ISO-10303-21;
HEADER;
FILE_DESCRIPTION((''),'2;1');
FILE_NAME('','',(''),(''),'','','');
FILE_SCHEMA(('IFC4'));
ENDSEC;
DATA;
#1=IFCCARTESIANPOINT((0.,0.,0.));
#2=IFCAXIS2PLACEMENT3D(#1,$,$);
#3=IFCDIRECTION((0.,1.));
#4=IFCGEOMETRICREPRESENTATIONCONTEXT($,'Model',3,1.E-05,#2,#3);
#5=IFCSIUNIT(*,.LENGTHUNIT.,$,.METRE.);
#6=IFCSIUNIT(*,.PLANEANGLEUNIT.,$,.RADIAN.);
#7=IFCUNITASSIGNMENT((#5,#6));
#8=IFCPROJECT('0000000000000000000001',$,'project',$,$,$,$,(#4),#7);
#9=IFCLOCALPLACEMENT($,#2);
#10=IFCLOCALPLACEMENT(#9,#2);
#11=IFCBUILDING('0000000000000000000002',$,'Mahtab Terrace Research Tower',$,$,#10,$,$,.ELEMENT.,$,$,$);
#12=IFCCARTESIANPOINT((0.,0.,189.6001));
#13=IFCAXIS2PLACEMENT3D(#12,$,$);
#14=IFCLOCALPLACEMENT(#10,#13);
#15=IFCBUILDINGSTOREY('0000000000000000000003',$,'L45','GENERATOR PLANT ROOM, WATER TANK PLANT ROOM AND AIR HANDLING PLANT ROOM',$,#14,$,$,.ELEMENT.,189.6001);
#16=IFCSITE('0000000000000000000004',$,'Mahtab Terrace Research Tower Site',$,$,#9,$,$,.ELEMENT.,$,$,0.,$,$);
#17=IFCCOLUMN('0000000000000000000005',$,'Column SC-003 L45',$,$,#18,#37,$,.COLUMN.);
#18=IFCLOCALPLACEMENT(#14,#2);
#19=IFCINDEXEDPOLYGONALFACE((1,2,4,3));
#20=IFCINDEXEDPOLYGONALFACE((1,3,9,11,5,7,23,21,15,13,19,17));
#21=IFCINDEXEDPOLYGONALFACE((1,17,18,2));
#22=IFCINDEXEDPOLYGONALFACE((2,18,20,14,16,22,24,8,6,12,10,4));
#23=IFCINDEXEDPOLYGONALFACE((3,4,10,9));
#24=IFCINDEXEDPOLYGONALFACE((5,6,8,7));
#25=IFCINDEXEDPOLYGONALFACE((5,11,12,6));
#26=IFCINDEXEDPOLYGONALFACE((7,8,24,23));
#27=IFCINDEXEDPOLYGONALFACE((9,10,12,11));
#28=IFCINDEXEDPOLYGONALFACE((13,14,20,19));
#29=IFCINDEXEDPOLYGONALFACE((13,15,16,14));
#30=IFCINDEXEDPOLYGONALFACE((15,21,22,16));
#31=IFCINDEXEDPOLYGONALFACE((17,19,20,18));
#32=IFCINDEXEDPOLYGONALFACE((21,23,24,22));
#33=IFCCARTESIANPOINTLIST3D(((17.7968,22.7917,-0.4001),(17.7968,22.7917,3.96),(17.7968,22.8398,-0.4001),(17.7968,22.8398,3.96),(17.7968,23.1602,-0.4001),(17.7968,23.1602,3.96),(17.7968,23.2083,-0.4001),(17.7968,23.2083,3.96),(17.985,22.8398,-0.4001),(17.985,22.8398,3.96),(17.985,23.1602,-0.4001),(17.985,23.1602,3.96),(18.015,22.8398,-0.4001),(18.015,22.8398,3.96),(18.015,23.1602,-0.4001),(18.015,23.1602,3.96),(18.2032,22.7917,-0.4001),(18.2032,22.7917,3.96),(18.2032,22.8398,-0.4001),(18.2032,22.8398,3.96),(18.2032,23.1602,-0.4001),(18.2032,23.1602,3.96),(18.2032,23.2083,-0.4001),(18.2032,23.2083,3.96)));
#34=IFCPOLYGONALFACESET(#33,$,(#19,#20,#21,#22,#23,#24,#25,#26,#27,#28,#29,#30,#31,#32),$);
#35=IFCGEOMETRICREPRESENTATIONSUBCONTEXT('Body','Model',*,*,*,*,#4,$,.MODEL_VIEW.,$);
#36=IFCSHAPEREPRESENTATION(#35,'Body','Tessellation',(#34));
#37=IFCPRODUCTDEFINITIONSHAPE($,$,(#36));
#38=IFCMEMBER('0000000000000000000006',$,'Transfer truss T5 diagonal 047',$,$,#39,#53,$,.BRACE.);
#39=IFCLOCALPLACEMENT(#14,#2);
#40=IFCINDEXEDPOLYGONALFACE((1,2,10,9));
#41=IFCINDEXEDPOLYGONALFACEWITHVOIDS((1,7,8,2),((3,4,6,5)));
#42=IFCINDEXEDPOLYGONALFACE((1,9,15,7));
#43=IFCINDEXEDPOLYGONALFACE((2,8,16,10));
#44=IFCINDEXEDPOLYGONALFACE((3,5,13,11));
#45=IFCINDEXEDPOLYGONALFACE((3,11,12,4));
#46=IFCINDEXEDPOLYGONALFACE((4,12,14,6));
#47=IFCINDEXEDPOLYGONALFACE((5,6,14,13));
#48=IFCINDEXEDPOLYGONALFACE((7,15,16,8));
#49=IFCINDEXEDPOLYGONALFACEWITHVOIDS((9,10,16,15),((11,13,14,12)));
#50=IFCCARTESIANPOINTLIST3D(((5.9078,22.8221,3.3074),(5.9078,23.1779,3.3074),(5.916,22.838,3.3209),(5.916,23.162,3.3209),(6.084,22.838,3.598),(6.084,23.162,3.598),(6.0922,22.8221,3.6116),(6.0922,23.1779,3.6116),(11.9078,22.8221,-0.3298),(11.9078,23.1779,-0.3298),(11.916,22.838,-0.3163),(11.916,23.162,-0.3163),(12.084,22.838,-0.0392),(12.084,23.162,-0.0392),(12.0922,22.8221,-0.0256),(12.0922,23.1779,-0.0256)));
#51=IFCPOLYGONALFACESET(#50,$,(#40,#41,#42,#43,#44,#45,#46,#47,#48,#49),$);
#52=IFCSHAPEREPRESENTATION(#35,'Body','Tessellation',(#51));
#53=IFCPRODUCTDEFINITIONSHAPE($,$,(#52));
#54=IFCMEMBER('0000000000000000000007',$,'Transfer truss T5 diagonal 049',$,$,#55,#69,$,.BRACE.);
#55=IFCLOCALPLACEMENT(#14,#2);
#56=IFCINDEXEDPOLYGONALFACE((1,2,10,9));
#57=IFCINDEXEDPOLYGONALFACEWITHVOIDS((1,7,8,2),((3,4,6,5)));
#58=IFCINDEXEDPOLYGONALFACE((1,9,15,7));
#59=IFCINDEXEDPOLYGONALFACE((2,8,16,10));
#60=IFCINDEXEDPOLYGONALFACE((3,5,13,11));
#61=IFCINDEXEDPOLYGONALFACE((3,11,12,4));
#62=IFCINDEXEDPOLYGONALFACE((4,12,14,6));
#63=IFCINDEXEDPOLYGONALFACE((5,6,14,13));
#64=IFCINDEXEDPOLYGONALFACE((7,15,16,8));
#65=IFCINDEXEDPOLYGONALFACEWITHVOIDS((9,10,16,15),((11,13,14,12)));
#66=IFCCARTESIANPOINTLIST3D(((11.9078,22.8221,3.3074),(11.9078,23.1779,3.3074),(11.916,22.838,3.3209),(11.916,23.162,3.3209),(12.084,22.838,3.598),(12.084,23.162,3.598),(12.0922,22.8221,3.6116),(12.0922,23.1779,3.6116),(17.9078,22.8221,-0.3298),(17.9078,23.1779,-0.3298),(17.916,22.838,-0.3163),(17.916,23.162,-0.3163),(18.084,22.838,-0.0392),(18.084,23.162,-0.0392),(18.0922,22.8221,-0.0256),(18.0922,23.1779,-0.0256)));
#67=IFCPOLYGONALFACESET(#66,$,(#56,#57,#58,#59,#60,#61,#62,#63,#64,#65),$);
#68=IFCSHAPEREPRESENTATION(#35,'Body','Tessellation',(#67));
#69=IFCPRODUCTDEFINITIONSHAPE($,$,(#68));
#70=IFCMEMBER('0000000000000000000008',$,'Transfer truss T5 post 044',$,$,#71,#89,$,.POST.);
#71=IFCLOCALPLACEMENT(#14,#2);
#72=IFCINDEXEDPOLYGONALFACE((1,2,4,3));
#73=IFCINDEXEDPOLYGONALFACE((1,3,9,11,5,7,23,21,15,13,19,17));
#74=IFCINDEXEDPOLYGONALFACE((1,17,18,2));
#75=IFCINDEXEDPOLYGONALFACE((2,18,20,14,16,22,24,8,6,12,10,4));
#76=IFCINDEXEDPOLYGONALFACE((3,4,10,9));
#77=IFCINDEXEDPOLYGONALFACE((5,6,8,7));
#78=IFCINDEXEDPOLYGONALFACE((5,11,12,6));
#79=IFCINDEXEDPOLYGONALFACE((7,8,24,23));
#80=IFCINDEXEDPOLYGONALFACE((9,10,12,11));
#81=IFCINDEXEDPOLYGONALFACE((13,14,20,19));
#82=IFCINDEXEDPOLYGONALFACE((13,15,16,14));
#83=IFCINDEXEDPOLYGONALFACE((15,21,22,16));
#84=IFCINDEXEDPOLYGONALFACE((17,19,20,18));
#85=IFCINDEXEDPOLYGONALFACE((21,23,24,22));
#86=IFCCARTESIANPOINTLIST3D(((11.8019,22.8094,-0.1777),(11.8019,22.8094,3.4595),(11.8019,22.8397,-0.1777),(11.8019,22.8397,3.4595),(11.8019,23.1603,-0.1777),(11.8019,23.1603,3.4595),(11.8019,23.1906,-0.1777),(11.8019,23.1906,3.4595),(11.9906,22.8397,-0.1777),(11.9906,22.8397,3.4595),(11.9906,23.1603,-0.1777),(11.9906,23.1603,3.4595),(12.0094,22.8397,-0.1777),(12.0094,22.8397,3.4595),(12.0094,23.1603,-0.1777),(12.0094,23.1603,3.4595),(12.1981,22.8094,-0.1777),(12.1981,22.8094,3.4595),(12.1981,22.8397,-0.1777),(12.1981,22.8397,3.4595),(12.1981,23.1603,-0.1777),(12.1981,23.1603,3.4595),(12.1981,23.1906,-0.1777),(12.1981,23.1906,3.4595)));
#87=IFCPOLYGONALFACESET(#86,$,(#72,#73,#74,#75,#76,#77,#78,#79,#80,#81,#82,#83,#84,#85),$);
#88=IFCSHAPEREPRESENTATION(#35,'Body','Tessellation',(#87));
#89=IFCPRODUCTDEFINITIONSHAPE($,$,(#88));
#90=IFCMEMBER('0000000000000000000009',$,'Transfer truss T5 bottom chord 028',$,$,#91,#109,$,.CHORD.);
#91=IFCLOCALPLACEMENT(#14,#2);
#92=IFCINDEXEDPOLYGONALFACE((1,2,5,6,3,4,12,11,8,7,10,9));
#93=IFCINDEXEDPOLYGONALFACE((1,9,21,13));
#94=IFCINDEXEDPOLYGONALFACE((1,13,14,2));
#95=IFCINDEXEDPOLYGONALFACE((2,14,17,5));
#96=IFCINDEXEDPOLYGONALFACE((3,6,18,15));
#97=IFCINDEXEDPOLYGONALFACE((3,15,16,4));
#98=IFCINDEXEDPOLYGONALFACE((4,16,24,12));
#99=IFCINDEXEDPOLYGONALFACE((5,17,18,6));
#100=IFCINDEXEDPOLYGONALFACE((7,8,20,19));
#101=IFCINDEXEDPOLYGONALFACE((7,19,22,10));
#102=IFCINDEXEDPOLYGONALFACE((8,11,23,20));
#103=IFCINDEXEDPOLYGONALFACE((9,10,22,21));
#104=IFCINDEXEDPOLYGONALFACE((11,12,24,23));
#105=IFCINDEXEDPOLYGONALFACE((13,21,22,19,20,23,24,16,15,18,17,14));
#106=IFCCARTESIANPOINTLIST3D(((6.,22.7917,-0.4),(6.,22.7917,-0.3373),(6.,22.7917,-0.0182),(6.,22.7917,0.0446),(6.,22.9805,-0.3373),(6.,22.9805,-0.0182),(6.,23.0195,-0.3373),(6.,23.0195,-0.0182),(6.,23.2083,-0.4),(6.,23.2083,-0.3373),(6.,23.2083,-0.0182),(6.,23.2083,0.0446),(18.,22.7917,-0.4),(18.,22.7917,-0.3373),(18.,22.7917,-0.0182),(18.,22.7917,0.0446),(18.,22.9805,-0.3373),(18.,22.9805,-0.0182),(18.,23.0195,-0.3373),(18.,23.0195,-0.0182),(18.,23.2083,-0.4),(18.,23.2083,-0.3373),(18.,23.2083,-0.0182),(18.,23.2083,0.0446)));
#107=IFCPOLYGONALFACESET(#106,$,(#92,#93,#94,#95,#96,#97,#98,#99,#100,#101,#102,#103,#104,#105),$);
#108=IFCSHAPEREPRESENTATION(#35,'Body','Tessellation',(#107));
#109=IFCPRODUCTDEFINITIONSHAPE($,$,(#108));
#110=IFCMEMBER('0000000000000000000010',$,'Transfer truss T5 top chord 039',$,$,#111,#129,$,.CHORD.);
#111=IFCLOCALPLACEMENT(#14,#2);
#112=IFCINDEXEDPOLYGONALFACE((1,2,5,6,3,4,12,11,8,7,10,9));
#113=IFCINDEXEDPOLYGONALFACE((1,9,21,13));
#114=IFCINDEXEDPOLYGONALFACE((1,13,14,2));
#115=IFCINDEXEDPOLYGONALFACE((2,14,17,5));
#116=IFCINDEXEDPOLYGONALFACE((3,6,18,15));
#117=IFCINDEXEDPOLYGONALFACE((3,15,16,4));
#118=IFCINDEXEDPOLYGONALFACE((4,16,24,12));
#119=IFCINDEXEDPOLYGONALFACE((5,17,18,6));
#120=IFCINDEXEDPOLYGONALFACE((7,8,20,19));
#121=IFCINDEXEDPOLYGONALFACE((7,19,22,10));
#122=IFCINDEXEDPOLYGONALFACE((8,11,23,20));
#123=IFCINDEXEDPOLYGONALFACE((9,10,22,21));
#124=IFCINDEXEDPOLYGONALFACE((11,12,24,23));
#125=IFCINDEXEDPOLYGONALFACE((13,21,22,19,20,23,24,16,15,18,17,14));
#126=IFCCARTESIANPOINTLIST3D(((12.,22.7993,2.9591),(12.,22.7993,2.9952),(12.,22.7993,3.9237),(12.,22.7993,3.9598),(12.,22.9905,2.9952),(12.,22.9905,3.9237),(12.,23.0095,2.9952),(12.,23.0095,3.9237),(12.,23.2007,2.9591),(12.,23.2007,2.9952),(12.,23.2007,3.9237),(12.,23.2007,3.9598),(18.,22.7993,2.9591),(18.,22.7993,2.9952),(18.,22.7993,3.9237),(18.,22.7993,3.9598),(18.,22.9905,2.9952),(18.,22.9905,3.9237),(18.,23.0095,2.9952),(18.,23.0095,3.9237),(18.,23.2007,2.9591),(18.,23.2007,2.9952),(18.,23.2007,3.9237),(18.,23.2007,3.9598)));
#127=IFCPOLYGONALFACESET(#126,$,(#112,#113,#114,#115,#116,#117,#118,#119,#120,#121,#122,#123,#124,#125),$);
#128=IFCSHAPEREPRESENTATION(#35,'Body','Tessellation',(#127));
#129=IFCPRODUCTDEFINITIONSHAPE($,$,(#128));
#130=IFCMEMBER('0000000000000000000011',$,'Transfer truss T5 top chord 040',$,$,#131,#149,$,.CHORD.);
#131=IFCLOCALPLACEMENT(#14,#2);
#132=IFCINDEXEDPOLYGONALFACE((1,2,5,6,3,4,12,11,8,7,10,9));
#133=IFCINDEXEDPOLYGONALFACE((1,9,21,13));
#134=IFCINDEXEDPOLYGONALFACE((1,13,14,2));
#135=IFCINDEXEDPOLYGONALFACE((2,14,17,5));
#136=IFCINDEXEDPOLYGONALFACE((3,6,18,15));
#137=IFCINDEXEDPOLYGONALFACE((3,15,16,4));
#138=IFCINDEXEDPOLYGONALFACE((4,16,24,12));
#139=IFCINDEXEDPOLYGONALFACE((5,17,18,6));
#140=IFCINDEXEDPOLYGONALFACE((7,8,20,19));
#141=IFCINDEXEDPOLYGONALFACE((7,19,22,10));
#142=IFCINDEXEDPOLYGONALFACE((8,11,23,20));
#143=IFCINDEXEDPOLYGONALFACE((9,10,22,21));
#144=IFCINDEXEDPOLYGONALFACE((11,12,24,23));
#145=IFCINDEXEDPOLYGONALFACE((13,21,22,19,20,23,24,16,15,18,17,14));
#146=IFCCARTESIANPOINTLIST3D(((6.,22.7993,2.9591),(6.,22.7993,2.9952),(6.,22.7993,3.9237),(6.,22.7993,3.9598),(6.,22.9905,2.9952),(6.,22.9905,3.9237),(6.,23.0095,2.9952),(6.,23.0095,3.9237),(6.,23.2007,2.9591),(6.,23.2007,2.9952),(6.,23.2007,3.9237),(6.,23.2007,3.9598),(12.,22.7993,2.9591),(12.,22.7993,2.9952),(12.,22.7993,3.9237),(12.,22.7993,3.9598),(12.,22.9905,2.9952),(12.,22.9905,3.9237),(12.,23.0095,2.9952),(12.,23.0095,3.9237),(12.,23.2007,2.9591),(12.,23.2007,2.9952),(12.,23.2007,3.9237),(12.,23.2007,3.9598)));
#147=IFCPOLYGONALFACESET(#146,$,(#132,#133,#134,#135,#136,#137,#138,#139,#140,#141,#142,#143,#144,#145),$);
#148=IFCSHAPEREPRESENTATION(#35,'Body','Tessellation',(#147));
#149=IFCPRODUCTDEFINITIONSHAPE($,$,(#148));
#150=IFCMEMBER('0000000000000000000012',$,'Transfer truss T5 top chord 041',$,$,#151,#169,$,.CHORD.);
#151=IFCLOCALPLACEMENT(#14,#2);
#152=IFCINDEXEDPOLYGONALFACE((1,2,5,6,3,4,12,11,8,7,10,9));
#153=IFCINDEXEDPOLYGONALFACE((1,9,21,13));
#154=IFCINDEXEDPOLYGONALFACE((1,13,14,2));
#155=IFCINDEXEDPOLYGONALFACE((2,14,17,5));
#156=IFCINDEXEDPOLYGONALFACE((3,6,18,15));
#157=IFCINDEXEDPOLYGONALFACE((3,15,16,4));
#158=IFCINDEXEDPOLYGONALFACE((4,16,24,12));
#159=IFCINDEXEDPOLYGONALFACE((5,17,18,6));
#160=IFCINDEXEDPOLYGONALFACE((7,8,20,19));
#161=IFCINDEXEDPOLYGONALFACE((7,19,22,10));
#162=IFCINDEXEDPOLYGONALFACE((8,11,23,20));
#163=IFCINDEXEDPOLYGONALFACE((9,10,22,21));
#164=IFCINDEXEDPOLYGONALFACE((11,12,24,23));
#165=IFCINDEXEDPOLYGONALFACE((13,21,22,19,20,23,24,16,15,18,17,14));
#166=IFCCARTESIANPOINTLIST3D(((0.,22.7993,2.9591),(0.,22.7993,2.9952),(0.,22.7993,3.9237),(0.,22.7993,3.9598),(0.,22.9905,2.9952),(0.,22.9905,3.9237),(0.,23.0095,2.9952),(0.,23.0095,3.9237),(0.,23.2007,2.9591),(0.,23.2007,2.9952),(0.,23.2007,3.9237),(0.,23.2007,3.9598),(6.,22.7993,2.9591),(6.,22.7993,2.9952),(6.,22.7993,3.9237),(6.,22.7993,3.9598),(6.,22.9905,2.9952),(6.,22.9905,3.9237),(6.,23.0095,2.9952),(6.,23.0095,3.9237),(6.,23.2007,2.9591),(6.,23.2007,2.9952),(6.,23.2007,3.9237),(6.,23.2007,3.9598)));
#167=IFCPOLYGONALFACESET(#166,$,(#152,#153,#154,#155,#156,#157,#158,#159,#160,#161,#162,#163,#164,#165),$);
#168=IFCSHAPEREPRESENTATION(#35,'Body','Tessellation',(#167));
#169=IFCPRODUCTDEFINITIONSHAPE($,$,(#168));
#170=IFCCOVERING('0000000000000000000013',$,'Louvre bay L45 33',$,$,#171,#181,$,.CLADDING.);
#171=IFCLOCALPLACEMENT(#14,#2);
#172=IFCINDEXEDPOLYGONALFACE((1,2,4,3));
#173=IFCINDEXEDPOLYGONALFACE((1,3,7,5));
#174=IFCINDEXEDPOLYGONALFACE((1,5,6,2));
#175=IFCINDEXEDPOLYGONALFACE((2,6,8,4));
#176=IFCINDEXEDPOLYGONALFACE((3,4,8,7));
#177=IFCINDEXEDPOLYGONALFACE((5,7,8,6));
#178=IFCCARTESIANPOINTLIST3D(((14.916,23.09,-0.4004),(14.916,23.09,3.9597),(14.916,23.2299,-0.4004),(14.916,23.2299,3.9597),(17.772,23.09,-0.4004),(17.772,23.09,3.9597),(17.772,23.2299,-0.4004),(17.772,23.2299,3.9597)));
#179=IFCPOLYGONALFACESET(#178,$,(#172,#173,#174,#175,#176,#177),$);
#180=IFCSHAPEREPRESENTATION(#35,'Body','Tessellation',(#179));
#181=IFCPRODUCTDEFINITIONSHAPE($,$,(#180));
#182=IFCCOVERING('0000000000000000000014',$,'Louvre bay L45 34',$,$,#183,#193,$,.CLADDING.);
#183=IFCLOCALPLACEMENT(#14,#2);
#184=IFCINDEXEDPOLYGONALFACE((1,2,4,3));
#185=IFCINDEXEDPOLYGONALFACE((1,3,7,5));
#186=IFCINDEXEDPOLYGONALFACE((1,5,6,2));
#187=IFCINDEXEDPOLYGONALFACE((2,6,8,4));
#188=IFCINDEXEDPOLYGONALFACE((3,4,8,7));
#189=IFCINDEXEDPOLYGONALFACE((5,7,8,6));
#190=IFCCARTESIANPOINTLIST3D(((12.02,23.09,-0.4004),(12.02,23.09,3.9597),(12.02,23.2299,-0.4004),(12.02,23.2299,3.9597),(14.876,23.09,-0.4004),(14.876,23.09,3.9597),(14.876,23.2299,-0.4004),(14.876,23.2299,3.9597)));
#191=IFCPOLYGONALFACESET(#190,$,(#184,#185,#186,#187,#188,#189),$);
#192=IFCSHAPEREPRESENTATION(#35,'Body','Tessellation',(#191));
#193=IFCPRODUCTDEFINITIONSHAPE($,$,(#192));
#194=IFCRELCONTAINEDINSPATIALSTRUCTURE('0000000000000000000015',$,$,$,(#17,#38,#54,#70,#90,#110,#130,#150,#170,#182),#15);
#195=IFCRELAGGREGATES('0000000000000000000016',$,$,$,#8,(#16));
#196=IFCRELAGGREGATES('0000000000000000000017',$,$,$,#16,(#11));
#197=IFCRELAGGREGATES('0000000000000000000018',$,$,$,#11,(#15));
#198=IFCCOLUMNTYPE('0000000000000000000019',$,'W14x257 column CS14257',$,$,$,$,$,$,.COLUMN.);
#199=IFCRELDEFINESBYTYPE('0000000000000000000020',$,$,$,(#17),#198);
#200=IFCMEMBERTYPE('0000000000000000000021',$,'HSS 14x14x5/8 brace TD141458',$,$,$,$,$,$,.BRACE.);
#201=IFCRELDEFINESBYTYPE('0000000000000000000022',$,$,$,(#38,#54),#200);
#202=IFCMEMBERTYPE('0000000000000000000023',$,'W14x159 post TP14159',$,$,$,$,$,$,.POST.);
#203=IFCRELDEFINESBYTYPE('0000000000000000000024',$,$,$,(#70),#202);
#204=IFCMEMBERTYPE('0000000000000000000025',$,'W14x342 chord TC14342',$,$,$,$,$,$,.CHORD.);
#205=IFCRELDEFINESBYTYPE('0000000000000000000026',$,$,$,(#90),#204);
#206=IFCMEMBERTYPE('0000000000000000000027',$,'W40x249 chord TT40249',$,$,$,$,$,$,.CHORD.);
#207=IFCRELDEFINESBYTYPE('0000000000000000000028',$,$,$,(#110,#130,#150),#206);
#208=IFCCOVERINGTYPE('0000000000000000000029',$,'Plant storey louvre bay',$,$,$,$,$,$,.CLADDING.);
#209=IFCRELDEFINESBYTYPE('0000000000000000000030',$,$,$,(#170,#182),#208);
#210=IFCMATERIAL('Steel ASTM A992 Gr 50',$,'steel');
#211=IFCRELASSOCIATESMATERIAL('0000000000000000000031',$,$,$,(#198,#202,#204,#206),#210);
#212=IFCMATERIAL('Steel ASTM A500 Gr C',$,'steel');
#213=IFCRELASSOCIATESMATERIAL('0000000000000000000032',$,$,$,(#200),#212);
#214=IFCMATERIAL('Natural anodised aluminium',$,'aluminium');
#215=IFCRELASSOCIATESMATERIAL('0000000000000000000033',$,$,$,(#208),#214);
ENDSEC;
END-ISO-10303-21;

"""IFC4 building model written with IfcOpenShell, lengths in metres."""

from ifc_helpers import new_model, si_unit, direction, frame, origin, origin_2d, place, context, subcontext, project, spatial, rectangle, hollow_rectangle, i_section, extrude, material, material_profile, profile_set, type_object, element, save


model = new_model("IFC4")

# Units and contexts
model_context = context("Model", 3, precision=1e-05, world=origin(), true_north=direction((0.0, 1.0)))
body_context = subcontext(model_context, "Body", "Model", "MODEL_VIEW")
ifc_project = project(units=[si_unit("LENGTHUNIT", "METRE"), si_unit("PLANEANGLEUNIT", "RADIAN")], contexts=[model_context])

# Site, building, storey
site_placement = place(None, origin())
site = spatial("IfcSite", under=ifc_project, at=site_placement, Name="Mahtab Terrace Research Tower Site", CompositionType="ELEMENT", RefElevation=0.0)
building_placement = place(site_placement, origin())
building = spatial("IfcBuilding", under=site, at=building_placement, Name="Mahtab Terrace Research Tower", CompositionType="ELEMENT")
storey_placement = place(building_placement, frame((0.0, 0.0, 189.6001)))
storey = spatial("IfcBuildingStorey", under=building, at=storey_placement, Name="L45", Description="GENERATOR PLANT ROOM, WATER TANK PLANT ROOM AND AIR HANDLING PLANT ROOM", CompositionType="ELEMENT", Elevation=189.6001)

# Column
ifc_material_1 = material(Name="Steel ASTM A992 Gr 50", Category="steel")
ifc_material_profile_1 = material_profile(ifc_material_1, i_section(OverallWidth=0.4065, OverallDepth=0.4165, WebThickness=0.03, FlangeThickness=0.0481, at=origin_2d()), Name="W14X257")
ifc_profile_set_1 = profile_set([ifc_material_profile_1], Name="Steel ASTM A992 Gr 50")
column_type = type_object("IfcColumnType", Name="W14x257 column CS14257", PredefinedType="COLUMN", material=ifc_profile_set_1)
column_placement = place(storey_placement, frame((18.0, 23.0, -0.4001), z_axis=(0.0, 0.0, 1.0), x_axis=(1.0, 0.0, 0.0)))
element("IfcColumn", 1, at=column_placement, inside=storey, type_object=column_type, Name="Column SC-003 L45", PredefinedType="COLUMN", context=body_context, shape_type="SweptSolid", body=[
    extrude(i_section(OverallWidth=0.4065, OverallDepth=0.4165, WebThickness=0.03, FlangeThickness=0.0481, at=origin_2d()), origin(), (0.0, 0.0, 1.0), 4.3601),
])

# Members
ifc_material_2 = material(Name="Steel ASTM A500 Gr C", Category="steel")
ifc_material_profile_2 = material_profile(ifc_material_2, hollow_rectangle(XDim=0.3557, YDim=0.3557, WallThickness=0.0159, at=origin_2d()), Name="HSS14X14X5/8")
ifc_profile_set_2 = profile_set([ifc_material_profile_2], Name="Steel ASTM A500 Gr C")
member_type_1 = type_object("IfcMemberType", Name="HSS 14x14x5/8 brace TD141458", PredefinedType="BRACE", material=ifc_profile_set_2)
for number, where, z_axis, x_axis, name in (
    (2, (12.0, 23.0, -0.1777), (-0.855145, 0.0, 0.51839), (0.0, -1.0, 0.0), "Transfer truss T5 diagonal 047"),
    (3, (18.0, 23.0, -0.1777), (-0.855145, 0.0, 0.51839), (0.0, -1.0, 0.0), "Transfer truss T5 diagonal 049"),
):
    element("IfcMember", number, at=place(storey_placement, frame(where, z_axis=z_axis, x_axis=x_axis)), inside=storey, type_object=member_type_1, Name=name, PredefinedType="BRACE", context=body_context, shape_type="SweptSolid", body=[
        extrude(hollow_rectangle(XDim=0.3557, YDim=0.3557, WallThickness=0.0159, at=origin_2d()), origin(), (0.0, 0.0, 1.0), 7.0164),
    ])
ifc_material_profile_3 = material_profile(ifc_material_1, i_section(OverallWidth=0.3962, OverallDepth=0.3811, WebThickness=0.0188, FlangeThickness=0.0303, at=origin_2d()), Name="W14X159")
ifc_profile_set_3 = profile_set([ifc_material_profile_3], Name="Steel ASTM A992 Gr 50")
member_type_2 = type_object("IfcMemberType", Name="W14x159 post TP14159", PredefinedType="POST", material=ifc_profile_set_3)
member_1_placement = place(storey_placement, frame((12.0, 23.0, -0.1777), z_axis=(0.0, 0.0, 1.0), x_axis=(1.0, 0.0, 0.0)))
element("IfcMember", 4, at=member_1_placement, inside=storey, type_object=member_type_2, Name="Transfer truss T5 post 044", PredefinedType="POST", context=body_context, shape_type="SweptSolid", body=[
    extrude(i_section(OverallWidth=0.3962, OverallDepth=0.3811, WebThickness=0.0188, FlangeThickness=0.0303, at=origin_2d()), origin(), (0.0, 0.0, 1.0), 3.6372),
])
ifc_material_profile_4 = material_profile(ifc_material_1, i_section(OverallWidth=0.4165, OverallDepth=0.4446, WebThickness=0.0391, FlangeThickness=0.0627, at=origin_2d()), Name="W14X342")
ifc_profile_set_4 = profile_set([ifc_material_profile_4], Name="Steel ASTM A992 Gr 50")
member_type_3 = type_object("IfcMemberType", Name="W14x342 chord TC14342", PredefinedType="CHORD", material=ifc_profile_set_4)
member_2_placement = place(storey_placement, frame((18.0, 23.0, -0.1777), z_axis=(-1.0, 0.0, 0.0), x_axis=(0.0, -1.0, 0.0)))
element("IfcMember", 5, at=member_2_placement, inside=storey, type_object=member_type_3, Name="Transfer truss T5 bottom chord 028", PredefinedType="CHORD", context=body_context, shape_type="SweptSolid", body=[
    extrude(i_section(OverallWidth=0.4165, OverallDepth=0.4446, WebThickness=0.0391, FlangeThickness=0.0627, at=origin_2d()), origin(), (0.0, 0.0, 1.0), 12.0),
])
ifc_material_profile_5 = material_profile(ifc_material_1, i_section(OverallWidth=0.4014, OverallDepth=1.0007, WebThickness=0.019, FlangeThickness=0.0361, at=origin_2d()), Name="W40X249")
ifc_profile_set_5 = profile_set([ifc_material_profile_5], Name="Steel ASTM A992 Gr 50")
member_type_4 = type_object("IfcMemberType", Name="W40x249 chord TT40249", PredefinedType="CHORD", material=ifc_profile_set_5)
for number, where, z_axis, x_axis, name in (
    (6, (18.0, 23.0, 3.4595), (-1.0, 0.0, 0.0), (0.0, -1.0, 0.0), "Transfer truss T5 top chord 039"),
    (7, (12.0, 23.0, 3.4595), (-1.0, 0.0, 0.0), (0.0, -1.0, 0.0), "Transfer truss T5 top chord 040"),
    (8, (6.0, 23.0, 3.4595), (-1.0, 0.0, 0.0), (0.0, -1.0, 0.0), "Transfer truss T5 top chord 041"),
):
    element("IfcMember", number, at=place(storey_placement, frame(where, z_axis=z_axis, x_axis=x_axis)), inside=storey, type_object=member_type_4, Name=name, PredefinedType="CHORD", context=body_context, shape_type="SweptSolid", body=[
        extrude(i_section(OverallWidth=0.4014, OverallDepth=1.0007, WebThickness=0.019, FlangeThickness=0.0361, at=origin_2d()), origin(), (0.0, 0.0, 1.0), 6.0),
    ])

# Coverings
ifc_material_3 = material(Name="Natural anodised aluminium", Category="aluminium")
covering_type = type_object("IfcCoveringType", Name="Plant storey louvre bay", PredefinedType="CLADDING", material=ifc_material_3)
for number, where, z_axis, x_axis, name in (
    (9, (16.344, 23.1599, -0.4004), (0.0, 0.0, 1.0), (-1.0, 0.0, 0.0), "Louvre bay L45 33"),
    (10, (13.448, 23.1599, -0.4004), (0.0, 0.0, 1.0), (-1.0, 0.0, 0.0), "Louvre bay L45 34"),
):
    element("IfcCovering", number, at=place(storey_placement, frame(where, z_axis=z_axis, x_axis=x_axis)), inside=storey, type_object=covering_type, Name=name, PredefinedType="CLADDING", context=body_context, shape_type="SweptSolid", body=[
        extrude(rectangle(XDim=2.856, YDim=0.1399, at=origin_2d()), origin(), (0.0, 0.0, 1.0), 4.3601),
    ])

save(model, "model.ifc")
